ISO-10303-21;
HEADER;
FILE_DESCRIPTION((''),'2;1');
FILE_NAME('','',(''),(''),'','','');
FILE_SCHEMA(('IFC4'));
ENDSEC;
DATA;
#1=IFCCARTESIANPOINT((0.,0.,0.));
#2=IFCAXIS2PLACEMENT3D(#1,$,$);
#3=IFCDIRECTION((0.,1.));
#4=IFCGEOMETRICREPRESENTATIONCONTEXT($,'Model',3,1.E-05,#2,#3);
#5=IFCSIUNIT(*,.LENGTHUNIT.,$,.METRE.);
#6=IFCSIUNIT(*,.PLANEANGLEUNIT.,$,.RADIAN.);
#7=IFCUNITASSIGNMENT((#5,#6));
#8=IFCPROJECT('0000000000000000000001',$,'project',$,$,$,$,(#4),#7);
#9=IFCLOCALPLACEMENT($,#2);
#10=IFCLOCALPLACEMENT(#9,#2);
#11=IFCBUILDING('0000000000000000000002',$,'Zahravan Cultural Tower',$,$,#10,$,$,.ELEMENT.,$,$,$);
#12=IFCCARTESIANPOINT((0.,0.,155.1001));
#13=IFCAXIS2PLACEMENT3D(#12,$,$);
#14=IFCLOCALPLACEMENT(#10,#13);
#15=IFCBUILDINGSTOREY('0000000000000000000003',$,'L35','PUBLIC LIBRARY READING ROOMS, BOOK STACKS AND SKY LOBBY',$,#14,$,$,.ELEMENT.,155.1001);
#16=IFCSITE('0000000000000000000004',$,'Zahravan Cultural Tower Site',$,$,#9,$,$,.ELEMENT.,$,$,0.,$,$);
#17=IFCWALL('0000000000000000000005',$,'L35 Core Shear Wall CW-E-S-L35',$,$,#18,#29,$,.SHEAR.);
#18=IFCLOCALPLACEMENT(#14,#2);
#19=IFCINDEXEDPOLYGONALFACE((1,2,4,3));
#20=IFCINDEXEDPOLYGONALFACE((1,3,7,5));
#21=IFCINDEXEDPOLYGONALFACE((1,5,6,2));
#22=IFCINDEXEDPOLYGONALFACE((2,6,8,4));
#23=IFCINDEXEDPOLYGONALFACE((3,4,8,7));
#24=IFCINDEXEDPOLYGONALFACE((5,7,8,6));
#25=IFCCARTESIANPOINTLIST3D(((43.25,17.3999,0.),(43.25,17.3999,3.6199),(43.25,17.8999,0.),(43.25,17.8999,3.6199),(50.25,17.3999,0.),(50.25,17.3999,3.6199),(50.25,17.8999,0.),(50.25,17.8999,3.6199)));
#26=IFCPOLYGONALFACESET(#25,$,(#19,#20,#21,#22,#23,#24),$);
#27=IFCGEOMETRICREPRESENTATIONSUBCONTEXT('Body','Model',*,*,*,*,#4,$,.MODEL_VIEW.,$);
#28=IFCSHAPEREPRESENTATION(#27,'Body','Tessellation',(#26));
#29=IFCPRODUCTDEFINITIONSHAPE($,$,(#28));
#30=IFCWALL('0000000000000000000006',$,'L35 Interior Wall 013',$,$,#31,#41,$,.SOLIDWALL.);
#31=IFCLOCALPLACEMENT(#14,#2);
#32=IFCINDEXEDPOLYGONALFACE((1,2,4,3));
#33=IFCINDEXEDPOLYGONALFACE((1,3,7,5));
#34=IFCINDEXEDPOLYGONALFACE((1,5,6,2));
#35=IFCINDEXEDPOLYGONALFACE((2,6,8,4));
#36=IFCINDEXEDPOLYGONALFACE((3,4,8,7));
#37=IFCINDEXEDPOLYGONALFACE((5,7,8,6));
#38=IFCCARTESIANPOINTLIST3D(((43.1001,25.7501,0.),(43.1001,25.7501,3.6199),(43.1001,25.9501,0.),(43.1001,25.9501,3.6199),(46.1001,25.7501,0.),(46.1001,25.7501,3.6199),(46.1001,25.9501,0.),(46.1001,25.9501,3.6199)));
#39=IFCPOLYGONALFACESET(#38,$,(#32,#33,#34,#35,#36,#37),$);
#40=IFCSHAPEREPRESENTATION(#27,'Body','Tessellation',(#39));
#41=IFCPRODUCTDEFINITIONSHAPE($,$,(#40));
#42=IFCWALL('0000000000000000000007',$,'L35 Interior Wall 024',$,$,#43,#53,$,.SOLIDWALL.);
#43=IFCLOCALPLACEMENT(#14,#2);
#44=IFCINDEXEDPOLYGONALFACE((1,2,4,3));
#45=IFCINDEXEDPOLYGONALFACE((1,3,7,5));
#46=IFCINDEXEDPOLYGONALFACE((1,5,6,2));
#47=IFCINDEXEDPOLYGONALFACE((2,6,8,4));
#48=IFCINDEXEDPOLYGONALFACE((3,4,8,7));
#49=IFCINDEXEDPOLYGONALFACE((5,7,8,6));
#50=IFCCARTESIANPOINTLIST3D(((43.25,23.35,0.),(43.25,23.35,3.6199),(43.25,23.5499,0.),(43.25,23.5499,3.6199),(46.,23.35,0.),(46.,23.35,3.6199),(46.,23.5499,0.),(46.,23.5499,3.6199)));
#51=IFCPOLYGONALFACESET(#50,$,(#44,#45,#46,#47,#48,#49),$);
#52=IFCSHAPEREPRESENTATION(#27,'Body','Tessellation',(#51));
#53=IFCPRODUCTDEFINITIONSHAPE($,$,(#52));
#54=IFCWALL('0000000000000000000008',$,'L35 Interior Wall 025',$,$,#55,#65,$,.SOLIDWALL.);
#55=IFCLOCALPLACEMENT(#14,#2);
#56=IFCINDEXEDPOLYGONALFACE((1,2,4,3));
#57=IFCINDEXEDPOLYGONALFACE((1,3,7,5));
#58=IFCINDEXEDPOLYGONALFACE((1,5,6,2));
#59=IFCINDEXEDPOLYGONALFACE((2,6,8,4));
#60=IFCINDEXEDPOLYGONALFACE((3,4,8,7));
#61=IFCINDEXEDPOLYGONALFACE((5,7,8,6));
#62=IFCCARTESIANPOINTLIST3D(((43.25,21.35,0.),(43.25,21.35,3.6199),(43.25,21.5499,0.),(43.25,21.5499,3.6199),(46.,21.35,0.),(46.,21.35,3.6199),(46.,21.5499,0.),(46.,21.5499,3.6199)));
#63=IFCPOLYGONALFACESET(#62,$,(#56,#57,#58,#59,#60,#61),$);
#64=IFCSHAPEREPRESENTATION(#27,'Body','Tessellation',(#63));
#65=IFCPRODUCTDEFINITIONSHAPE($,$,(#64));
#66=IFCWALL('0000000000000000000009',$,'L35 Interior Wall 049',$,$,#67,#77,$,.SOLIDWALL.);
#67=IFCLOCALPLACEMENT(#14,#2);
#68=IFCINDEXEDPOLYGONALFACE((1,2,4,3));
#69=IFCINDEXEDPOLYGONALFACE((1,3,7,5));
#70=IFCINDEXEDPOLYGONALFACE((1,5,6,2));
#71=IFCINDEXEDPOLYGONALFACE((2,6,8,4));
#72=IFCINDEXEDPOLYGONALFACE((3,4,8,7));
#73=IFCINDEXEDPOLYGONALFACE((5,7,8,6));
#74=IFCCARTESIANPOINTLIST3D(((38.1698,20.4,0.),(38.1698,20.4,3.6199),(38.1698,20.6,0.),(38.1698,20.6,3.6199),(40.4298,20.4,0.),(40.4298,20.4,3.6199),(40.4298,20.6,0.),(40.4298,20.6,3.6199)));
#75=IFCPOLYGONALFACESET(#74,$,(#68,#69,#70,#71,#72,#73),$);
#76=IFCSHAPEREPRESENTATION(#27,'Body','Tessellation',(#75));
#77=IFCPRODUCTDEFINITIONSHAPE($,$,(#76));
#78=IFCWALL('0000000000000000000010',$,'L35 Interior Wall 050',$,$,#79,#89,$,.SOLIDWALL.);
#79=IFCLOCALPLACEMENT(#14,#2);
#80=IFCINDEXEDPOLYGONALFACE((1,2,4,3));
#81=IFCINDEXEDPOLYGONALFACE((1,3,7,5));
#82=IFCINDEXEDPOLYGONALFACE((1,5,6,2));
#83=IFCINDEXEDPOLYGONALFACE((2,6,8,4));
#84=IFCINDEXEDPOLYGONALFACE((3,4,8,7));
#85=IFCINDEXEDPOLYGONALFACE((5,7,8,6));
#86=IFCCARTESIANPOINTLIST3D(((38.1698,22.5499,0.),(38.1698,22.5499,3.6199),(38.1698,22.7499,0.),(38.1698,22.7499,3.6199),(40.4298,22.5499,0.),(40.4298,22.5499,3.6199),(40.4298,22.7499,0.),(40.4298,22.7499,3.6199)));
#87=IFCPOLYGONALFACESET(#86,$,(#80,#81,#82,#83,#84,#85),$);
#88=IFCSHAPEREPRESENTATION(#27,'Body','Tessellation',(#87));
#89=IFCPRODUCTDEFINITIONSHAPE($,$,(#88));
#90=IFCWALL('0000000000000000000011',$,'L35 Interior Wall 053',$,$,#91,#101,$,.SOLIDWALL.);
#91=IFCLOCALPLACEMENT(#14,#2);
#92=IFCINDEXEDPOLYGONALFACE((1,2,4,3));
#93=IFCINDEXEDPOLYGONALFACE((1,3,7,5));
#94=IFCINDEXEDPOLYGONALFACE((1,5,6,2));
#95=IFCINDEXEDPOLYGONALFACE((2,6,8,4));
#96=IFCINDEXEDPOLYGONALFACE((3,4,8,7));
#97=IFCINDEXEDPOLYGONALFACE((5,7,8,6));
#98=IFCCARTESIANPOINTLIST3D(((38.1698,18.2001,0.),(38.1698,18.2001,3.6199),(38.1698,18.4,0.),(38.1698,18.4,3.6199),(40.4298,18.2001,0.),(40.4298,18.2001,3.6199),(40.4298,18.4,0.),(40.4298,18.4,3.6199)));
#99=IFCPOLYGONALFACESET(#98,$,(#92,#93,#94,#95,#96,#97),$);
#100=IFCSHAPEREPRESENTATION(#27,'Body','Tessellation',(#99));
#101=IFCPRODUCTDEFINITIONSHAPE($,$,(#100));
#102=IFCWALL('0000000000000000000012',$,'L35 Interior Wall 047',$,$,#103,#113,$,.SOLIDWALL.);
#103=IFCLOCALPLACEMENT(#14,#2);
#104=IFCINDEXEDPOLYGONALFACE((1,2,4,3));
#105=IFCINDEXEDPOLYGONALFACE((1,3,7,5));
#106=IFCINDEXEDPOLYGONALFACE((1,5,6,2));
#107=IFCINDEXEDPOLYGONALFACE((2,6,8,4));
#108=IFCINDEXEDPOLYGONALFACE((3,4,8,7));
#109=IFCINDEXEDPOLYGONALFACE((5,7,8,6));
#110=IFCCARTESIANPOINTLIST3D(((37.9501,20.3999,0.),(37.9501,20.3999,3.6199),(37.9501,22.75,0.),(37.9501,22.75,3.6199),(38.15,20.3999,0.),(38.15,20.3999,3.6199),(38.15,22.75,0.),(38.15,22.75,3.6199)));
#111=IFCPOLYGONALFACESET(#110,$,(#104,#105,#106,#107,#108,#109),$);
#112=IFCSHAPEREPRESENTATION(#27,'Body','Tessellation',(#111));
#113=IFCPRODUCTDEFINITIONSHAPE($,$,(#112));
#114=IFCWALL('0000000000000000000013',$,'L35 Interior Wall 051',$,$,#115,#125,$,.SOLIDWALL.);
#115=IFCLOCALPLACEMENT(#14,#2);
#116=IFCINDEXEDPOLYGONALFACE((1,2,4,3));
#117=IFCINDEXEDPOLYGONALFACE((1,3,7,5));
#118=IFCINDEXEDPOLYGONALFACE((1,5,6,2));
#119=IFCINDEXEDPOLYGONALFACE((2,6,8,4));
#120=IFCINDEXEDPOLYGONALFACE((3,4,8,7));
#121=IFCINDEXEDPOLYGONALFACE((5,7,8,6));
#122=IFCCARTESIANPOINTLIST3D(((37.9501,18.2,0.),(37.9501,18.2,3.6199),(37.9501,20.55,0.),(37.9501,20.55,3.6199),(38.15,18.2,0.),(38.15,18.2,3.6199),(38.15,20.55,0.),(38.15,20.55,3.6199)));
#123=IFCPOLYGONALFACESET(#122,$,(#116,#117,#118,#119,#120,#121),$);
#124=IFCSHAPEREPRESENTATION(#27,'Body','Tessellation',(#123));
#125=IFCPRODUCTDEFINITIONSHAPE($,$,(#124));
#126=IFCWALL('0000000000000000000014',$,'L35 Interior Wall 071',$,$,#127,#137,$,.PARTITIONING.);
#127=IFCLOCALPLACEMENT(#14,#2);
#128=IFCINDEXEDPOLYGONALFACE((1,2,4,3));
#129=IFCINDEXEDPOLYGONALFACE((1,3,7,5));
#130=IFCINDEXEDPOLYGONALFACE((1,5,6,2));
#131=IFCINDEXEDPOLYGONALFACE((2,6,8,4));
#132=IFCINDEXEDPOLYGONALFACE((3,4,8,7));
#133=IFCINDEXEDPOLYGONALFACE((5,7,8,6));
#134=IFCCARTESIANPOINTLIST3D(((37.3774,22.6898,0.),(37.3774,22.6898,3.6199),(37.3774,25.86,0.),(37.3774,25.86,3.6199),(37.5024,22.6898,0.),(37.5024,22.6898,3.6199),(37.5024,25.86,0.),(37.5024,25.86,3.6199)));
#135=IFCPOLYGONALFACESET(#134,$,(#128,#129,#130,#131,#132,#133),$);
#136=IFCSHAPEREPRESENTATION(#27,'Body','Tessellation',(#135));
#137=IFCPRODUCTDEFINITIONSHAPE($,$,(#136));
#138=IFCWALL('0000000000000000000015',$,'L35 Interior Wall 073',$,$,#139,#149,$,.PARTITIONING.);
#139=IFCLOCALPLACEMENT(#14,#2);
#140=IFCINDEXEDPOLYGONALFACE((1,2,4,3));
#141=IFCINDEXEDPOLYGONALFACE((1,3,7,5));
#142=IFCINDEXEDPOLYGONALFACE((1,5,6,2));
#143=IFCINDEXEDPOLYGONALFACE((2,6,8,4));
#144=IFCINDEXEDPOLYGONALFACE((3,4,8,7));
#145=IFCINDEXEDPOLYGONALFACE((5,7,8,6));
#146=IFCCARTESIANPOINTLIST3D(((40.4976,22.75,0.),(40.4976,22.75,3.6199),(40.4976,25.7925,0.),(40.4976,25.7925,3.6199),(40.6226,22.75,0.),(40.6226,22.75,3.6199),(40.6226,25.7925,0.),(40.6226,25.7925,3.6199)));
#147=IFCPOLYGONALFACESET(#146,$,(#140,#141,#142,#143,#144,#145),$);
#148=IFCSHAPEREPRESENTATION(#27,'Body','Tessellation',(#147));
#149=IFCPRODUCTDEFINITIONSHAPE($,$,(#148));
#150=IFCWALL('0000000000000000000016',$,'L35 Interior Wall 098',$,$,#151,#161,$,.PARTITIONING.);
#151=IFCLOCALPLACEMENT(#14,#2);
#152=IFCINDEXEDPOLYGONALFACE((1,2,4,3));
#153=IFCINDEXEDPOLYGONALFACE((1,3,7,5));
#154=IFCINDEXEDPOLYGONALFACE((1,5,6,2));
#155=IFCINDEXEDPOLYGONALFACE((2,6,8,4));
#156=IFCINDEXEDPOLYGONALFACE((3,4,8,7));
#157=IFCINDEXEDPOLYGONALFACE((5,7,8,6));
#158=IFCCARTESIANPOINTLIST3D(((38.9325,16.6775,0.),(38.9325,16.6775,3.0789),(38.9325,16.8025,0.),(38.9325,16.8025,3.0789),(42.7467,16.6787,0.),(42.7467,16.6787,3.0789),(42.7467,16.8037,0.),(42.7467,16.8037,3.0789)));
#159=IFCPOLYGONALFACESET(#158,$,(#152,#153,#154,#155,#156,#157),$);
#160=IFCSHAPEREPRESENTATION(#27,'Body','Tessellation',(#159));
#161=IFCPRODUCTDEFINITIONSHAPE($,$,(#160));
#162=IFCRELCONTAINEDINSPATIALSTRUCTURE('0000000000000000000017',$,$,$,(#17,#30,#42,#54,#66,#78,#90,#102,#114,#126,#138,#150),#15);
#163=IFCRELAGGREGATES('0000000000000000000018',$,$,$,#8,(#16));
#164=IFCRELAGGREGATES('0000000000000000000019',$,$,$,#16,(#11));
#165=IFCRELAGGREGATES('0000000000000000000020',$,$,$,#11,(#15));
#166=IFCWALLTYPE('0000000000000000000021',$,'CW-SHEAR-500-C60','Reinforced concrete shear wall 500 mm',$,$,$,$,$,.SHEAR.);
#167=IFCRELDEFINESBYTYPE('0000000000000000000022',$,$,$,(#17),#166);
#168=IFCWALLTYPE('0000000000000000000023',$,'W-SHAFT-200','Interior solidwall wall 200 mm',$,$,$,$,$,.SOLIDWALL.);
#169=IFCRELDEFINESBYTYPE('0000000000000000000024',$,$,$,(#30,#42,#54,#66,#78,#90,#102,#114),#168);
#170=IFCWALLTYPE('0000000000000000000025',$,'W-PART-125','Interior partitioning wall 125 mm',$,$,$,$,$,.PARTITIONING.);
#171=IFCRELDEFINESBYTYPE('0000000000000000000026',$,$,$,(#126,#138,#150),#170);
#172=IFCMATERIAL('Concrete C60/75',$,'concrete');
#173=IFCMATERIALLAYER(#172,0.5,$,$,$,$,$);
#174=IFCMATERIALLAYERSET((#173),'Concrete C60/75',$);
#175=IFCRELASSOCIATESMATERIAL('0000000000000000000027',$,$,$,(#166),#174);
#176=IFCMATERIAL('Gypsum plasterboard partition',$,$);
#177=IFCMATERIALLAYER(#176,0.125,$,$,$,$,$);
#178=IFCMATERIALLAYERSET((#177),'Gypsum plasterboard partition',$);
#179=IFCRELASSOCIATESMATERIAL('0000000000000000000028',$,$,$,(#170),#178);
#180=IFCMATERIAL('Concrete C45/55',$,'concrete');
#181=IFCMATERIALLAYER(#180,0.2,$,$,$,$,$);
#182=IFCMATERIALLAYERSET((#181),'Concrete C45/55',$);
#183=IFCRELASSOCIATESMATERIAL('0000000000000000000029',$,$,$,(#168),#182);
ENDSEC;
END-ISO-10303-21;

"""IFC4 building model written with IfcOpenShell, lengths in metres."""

from ifc_helpers import new_model, si_unit, direction, frame, frame_2d, origin, place, context, subcontext, project, spatial, rectangle, extrude, source, transform, mapped, material, layer, layer_set, type_object, element, save


model = new_model("IFC4")

# Units and contexts
model_context = context("Model", 3, precision=1e-05, world=origin(), true_north=direction((0.0, 1.0)))
body_context = subcontext(model_context, "Body", "Model", "MODEL_VIEW")
ifc_project = project(units=[si_unit("LENGTHUNIT", "METRE"), si_unit("PLANEANGLEUNIT", "RADIAN")], contexts=[model_context])

# Site, building, storey
site_placement = place(None, origin())
site = spatial("IfcSite", under=ifc_project, at=site_placement, Name="Zahravan Cultural Tower Site", CompositionType="ELEMENT", RefElevation=0.0)
building_placement = place(site_placement, origin())
building = spatial("IfcBuilding", under=site, at=building_placement, Name="Zahravan Cultural Tower", CompositionType="ELEMENT")
storey_placement = place(building_placement, frame((0.0, 0.0, 155.1001)))
storey = spatial("IfcBuildingStorey", under=building, at=storey_placement, Name="L35", Description="PUBLIC LIBRARY READING ROOMS, BOOK STACKS AND SKY LOBBY", CompositionType="ELEMENT", Elevation=155.1001)

# Shared definitions
ifc_material_1 = material(Name="Concrete C60/75", Category="concrete")
ifc_layer_1 = layer(ifc_material_1, 0.5)
ifc_layer_set_1 = layer_set([ifc_layer_1], Name="Concrete C60/75")
wall_type_1 = type_object("IfcWallType", Name="CW-SHEAR-500-C60", Description="Reinforced concrete shear wall 500 mm", PredefinedType="SHEAR", material=ifc_layer_set_1)

# Shared definitions
ifc_material_2 = material(Name="Gypsum plasterboard partition")
ifc_layer_2 = layer(ifc_material_2, 0.125)
ifc_layer_set_2 = layer_set([ifc_layer_2], Name="Gypsum plasterboard partition")
wall_type_2 = type_object("IfcWallType", Name="W-PART-125", Description="Interior partitioning wall 125 mm", PredefinedType="PARTITIONING", material=ifc_layer_set_2)
ifc_material_3 = material(Name="Concrete C45/55", Category="concrete")
ifc_layer_3 = layer(ifc_material_3, 0.2)
ifc_layer_set_3 = layer_set([ifc_layer_3], Name="Concrete C45/55")
wall_type_3 = type_object("IfcWallType", Name="W-SHAFT-200", Description="Interior solidwall wall 200 mm", PredefinedType="SOLIDWALL", material=ifc_layer_set_3)

# Walls
shared_shape_1 = source(origin(), body_context, "Body", "SweptSolid", [
    extrude(rectangle(XDim=7.0, YDim=0.5, at=frame_2d((3.5, 0.0))), origin(), (0.0, 0.0, 1.0), 3.6199),
])
wall_1_placement = place(storey_placement, frame((43.25, 17.6499, 0.0), z_axis=(0.0, 0.0, 1.0), x_axis=(1.0, 0.0, 0.0)))
element("IfcWall", 1, at=wall_1_placement, inside=storey, type_object=wall_type_1, Name="L35 Core Shear Wall CW-E-S-L35", PredefinedType="SHEAR", context=body_context, shape_type="MappedRepresentation", body=[
    mapped(shared_shape_1, transform((0.0, 0.0, 0.0), x_axis=(1.0, 0.0, 0.0), y_axis=(0.0, 1.0, 0.0), z_axis=(0.0, 0.0, 1.0), scale=1.0)),
])
shared_shape_2 = source(origin(), body_context, "Body", "SweptSolid", [
    extrude(rectangle(XDim=3.0, YDim=0.2, at=frame_2d((1.5, 0.0))), origin(), (0.0, 0.0, 1.0), 3.6199),
])
wall_2_placement = place(storey_placement, frame((43.1001, 25.8501, 0.0), z_axis=(0.0, 0.0, 1.0), x_axis=(1.0, 0.0, 0.0)))
element("IfcWall", 2, at=wall_2_placement, inside=storey, type_object=wall_type_3, Name="L35 Interior Wall 013", PredefinedType="SOLIDWALL", context=body_context, shape_type="MappedRepresentation", body=[
    mapped(shared_shape_2, transform((0.0, 0.0, 0.0), x_axis=(1.0, 0.0, 0.0), y_axis=(0.0, 1.0, 0.0), z_axis=(0.0, 0.0, 1.0), scale=1.0)),
])
shared_shape_3 = source(origin(), body_context, "Body", "SweptSolid", [
    extrude(rectangle(XDim=2.75, YDim=0.2, at=frame_2d((1.375, 0.0))), origin(), (0.0, 0.0, 1.0), 3.6199),
])
for number, where, z_axis, x_axis, name in (
    (3, (43.25, 23.45, 0.0), (0.0, 0.0, 1.0), (1.0, 0.0, 0.0), "L35 Interior Wall 024"),
    (4, (43.25, 21.45, 0.0), (0.0, 0.0, 1.0), (1.0, 0.0, 0.0), "L35 Interior Wall 025"),
):
    element("IfcWall", number, at=place(storey_placement, frame(where, z_axis=z_axis, x_axis=x_axis)), inside=storey, type_object=wall_type_3, Name=name, PredefinedType="SOLIDWALL", context=body_context, shape_type="MappedRepresentation", body=[
        mapped(shared_shape_3, transform((0.0, 0.0, 0.0), x_axis=(1.0, 0.0, 0.0), y_axis=(0.0, 1.0, 0.0), z_axis=(0.0, 0.0, 1.0), scale=1.0)),
    ])
shared_shape_4 = source(origin(), body_context, "Body", "SweptSolid", [
    extrude(rectangle(XDim=2.26, YDim=0.2, at=frame_2d((1.1299, 0.0))), origin(), (0.0, 0.0, 1.0), 3.6199),
])
for number, where, z_axis, x_axis, name in (
    (5, (38.1699, 20.5, 0.0), (0.0, 0.0, 1.0), (1.0, 0.0, 0.0), "L35 Interior Wall 049"),
    (6, (38.1699, 22.6499, 0.0), (0.0, 0.0, 1.0), (1.0, 0.0, 0.0), "L35 Interior Wall 050"),
    (7, (38.1699, 18.3, 0.0), (0.0, 0.0, 1.0), (1.0, 0.0, 0.0), "L35 Interior Wall 053"),
):
    element("IfcWall", number, at=place(storey_placement, frame(where, z_axis=z_axis, x_axis=x_axis)), inside=storey, type_object=wall_type_3, Name=name, PredefinedType="SOLIDWALL", context=body_context, shape_type="MappedRepresentation", body=[
        mapped(shared_shape_4, transform((0.0, 0.0, 0.0), x_axis=(1.0, 0.0, 0.0), y_axis=(0.0, 1.0, 0.0), z_axis=(0.0, 0.0, 1.0), scale=1.0)),
    ])
shared_shape_5 = source(origin(), body_context, "Body", "SweptSolid", [
    extrude(rectangle(XDim=2.3501, YDim=0.2, at=frame_2d((1.175, 0.0))), origin(), (0.0, 0.0, 1.0), 3.6199),
])
for number, where, z_axis, x_axis, name in (
    (8, (38.05, 20.3999, 0.0), (0.0, 0.0, 1.0), (0.0, 1.0, 0.0), "L35 Interior Wall 047"),
    (9, (38.05, 18.2, 0.0), (0.0, 0.0, 1.0), (0.0, 1.0, 0.0), "L35 Interior Wall 051"),
):
    element("IfcWall", number, at=place(storey_placement, frame(where, z_axis=z_axis, x_axis=x_axis)), inside=storey, type_object=wall_type_3, Name=name, PredefinedType="SOLIDWALL", context=body_context, shape_type="MappedRepresentation", body=[
        mapped(shared_shape_5, transform((0.0, 0.0, 0.0), x_axis=(1.0, 0.0, 0.0), y_axis=(0.0, 1.0, 0.0), z_axis=(0.0, 0.0, 1.0), scale=1.0)),
    ])
shared_shape_6 = source(origin(), body_context, "Body", "SweptSolid", [
    extrude(rectangle(XDim=3.1702, YDim=0.125, at=frame_2d((1.585, 0.0))), origin(), (0.0, 0.0, 1.0), 3.6199),
])
wall_3_placement = place(storey_placement, frame((37.4399, 22.6899, 0.0), z_axis=(0.0, 0.0, 1.0), x_axis=(0.0, 1.0, 0.0)))
element("IfcWall", 10, at=wall_3_placement, inside=storey, type_object=wall_type_2, Name="L35 Interior Wall 071", PredefinedType="PARTITIONING", context=body_context, shape_type="MappedRepresentation", body=[
    mapped(shared_shape_6, transform((0.0, 0.0, 0.0), x_axis=(1.0, 0.0, 0.0), y_axis=(0.0, 1.0, 0.0), z_axis=(0.0, 0.0, 1.0), scale=1.0)),
])
shared_shape_7 = source(origin(), body_context, "Body", "SweptSolid", [
    extrude(rectangle(XDim=3.0425, YDim=0.125, at=frame_2d((1.5212, 0.0))), origin(), (0.0, 0.0, 1.0), 3.6199),
])
wall_4_placement = place(storey_placement, frame((40.5601, 25.7925, 0.0), z_axis=(0.0, 0.0, 1.0), x_axis=(0.0, -1.0, 0.0)))
element("IfcWall", 11, at=wall_4_placement, inside=storey, type_object=wall_type_2, Name="L35 Interior Wall 073", PredefinedType="PARTITIONING", context=body_context, shape_type="MappedRepresentation", body=[
    mapped(shared_shape_7, transform((0.0, 0.0, 0.0), x_axis=(1.0, 0.0, 0.0), y_axis=(0.0, 1.0, 0.0), z_axis=(0.0, 0.0, 1.0), scale=1.0)),
])
shared_shape_8 = source(origin(), body_context, "Body", "SweptSolid", [
    extrude(rectangle(XDim=3.8142, YDim=0.125, at=frame_2d((1.9072, 0.0))), origin(), (0.0, 0.0, 1.0), 3.0789),
])
wall_5_placement = place(storey_placement, frame((38.9324, 16.74, 0.0), z_axis=(0.0, 0.0, 1.0), x_axis=(1.0, 0.00032, 0.0)))
element("IfcWall", 12, at=wall_5_placement, inside=storey, type_object=wall_type_2, Name="L35 Interior Wall 098", PredefinedType="PARTITIONING", context=body_context, shape_type="MappedRepresentation", body=[
    mapped(shared_shape_8, transform((0.0, 0.0, 0.0), x_axis=(1.0, 0.0, 0.0), y_axis=(0.0, 1.0, 0.0), z_axis=(0.0, 0.0, 1.0), scale=1.0)),
])

save(model, "model.ifc")
